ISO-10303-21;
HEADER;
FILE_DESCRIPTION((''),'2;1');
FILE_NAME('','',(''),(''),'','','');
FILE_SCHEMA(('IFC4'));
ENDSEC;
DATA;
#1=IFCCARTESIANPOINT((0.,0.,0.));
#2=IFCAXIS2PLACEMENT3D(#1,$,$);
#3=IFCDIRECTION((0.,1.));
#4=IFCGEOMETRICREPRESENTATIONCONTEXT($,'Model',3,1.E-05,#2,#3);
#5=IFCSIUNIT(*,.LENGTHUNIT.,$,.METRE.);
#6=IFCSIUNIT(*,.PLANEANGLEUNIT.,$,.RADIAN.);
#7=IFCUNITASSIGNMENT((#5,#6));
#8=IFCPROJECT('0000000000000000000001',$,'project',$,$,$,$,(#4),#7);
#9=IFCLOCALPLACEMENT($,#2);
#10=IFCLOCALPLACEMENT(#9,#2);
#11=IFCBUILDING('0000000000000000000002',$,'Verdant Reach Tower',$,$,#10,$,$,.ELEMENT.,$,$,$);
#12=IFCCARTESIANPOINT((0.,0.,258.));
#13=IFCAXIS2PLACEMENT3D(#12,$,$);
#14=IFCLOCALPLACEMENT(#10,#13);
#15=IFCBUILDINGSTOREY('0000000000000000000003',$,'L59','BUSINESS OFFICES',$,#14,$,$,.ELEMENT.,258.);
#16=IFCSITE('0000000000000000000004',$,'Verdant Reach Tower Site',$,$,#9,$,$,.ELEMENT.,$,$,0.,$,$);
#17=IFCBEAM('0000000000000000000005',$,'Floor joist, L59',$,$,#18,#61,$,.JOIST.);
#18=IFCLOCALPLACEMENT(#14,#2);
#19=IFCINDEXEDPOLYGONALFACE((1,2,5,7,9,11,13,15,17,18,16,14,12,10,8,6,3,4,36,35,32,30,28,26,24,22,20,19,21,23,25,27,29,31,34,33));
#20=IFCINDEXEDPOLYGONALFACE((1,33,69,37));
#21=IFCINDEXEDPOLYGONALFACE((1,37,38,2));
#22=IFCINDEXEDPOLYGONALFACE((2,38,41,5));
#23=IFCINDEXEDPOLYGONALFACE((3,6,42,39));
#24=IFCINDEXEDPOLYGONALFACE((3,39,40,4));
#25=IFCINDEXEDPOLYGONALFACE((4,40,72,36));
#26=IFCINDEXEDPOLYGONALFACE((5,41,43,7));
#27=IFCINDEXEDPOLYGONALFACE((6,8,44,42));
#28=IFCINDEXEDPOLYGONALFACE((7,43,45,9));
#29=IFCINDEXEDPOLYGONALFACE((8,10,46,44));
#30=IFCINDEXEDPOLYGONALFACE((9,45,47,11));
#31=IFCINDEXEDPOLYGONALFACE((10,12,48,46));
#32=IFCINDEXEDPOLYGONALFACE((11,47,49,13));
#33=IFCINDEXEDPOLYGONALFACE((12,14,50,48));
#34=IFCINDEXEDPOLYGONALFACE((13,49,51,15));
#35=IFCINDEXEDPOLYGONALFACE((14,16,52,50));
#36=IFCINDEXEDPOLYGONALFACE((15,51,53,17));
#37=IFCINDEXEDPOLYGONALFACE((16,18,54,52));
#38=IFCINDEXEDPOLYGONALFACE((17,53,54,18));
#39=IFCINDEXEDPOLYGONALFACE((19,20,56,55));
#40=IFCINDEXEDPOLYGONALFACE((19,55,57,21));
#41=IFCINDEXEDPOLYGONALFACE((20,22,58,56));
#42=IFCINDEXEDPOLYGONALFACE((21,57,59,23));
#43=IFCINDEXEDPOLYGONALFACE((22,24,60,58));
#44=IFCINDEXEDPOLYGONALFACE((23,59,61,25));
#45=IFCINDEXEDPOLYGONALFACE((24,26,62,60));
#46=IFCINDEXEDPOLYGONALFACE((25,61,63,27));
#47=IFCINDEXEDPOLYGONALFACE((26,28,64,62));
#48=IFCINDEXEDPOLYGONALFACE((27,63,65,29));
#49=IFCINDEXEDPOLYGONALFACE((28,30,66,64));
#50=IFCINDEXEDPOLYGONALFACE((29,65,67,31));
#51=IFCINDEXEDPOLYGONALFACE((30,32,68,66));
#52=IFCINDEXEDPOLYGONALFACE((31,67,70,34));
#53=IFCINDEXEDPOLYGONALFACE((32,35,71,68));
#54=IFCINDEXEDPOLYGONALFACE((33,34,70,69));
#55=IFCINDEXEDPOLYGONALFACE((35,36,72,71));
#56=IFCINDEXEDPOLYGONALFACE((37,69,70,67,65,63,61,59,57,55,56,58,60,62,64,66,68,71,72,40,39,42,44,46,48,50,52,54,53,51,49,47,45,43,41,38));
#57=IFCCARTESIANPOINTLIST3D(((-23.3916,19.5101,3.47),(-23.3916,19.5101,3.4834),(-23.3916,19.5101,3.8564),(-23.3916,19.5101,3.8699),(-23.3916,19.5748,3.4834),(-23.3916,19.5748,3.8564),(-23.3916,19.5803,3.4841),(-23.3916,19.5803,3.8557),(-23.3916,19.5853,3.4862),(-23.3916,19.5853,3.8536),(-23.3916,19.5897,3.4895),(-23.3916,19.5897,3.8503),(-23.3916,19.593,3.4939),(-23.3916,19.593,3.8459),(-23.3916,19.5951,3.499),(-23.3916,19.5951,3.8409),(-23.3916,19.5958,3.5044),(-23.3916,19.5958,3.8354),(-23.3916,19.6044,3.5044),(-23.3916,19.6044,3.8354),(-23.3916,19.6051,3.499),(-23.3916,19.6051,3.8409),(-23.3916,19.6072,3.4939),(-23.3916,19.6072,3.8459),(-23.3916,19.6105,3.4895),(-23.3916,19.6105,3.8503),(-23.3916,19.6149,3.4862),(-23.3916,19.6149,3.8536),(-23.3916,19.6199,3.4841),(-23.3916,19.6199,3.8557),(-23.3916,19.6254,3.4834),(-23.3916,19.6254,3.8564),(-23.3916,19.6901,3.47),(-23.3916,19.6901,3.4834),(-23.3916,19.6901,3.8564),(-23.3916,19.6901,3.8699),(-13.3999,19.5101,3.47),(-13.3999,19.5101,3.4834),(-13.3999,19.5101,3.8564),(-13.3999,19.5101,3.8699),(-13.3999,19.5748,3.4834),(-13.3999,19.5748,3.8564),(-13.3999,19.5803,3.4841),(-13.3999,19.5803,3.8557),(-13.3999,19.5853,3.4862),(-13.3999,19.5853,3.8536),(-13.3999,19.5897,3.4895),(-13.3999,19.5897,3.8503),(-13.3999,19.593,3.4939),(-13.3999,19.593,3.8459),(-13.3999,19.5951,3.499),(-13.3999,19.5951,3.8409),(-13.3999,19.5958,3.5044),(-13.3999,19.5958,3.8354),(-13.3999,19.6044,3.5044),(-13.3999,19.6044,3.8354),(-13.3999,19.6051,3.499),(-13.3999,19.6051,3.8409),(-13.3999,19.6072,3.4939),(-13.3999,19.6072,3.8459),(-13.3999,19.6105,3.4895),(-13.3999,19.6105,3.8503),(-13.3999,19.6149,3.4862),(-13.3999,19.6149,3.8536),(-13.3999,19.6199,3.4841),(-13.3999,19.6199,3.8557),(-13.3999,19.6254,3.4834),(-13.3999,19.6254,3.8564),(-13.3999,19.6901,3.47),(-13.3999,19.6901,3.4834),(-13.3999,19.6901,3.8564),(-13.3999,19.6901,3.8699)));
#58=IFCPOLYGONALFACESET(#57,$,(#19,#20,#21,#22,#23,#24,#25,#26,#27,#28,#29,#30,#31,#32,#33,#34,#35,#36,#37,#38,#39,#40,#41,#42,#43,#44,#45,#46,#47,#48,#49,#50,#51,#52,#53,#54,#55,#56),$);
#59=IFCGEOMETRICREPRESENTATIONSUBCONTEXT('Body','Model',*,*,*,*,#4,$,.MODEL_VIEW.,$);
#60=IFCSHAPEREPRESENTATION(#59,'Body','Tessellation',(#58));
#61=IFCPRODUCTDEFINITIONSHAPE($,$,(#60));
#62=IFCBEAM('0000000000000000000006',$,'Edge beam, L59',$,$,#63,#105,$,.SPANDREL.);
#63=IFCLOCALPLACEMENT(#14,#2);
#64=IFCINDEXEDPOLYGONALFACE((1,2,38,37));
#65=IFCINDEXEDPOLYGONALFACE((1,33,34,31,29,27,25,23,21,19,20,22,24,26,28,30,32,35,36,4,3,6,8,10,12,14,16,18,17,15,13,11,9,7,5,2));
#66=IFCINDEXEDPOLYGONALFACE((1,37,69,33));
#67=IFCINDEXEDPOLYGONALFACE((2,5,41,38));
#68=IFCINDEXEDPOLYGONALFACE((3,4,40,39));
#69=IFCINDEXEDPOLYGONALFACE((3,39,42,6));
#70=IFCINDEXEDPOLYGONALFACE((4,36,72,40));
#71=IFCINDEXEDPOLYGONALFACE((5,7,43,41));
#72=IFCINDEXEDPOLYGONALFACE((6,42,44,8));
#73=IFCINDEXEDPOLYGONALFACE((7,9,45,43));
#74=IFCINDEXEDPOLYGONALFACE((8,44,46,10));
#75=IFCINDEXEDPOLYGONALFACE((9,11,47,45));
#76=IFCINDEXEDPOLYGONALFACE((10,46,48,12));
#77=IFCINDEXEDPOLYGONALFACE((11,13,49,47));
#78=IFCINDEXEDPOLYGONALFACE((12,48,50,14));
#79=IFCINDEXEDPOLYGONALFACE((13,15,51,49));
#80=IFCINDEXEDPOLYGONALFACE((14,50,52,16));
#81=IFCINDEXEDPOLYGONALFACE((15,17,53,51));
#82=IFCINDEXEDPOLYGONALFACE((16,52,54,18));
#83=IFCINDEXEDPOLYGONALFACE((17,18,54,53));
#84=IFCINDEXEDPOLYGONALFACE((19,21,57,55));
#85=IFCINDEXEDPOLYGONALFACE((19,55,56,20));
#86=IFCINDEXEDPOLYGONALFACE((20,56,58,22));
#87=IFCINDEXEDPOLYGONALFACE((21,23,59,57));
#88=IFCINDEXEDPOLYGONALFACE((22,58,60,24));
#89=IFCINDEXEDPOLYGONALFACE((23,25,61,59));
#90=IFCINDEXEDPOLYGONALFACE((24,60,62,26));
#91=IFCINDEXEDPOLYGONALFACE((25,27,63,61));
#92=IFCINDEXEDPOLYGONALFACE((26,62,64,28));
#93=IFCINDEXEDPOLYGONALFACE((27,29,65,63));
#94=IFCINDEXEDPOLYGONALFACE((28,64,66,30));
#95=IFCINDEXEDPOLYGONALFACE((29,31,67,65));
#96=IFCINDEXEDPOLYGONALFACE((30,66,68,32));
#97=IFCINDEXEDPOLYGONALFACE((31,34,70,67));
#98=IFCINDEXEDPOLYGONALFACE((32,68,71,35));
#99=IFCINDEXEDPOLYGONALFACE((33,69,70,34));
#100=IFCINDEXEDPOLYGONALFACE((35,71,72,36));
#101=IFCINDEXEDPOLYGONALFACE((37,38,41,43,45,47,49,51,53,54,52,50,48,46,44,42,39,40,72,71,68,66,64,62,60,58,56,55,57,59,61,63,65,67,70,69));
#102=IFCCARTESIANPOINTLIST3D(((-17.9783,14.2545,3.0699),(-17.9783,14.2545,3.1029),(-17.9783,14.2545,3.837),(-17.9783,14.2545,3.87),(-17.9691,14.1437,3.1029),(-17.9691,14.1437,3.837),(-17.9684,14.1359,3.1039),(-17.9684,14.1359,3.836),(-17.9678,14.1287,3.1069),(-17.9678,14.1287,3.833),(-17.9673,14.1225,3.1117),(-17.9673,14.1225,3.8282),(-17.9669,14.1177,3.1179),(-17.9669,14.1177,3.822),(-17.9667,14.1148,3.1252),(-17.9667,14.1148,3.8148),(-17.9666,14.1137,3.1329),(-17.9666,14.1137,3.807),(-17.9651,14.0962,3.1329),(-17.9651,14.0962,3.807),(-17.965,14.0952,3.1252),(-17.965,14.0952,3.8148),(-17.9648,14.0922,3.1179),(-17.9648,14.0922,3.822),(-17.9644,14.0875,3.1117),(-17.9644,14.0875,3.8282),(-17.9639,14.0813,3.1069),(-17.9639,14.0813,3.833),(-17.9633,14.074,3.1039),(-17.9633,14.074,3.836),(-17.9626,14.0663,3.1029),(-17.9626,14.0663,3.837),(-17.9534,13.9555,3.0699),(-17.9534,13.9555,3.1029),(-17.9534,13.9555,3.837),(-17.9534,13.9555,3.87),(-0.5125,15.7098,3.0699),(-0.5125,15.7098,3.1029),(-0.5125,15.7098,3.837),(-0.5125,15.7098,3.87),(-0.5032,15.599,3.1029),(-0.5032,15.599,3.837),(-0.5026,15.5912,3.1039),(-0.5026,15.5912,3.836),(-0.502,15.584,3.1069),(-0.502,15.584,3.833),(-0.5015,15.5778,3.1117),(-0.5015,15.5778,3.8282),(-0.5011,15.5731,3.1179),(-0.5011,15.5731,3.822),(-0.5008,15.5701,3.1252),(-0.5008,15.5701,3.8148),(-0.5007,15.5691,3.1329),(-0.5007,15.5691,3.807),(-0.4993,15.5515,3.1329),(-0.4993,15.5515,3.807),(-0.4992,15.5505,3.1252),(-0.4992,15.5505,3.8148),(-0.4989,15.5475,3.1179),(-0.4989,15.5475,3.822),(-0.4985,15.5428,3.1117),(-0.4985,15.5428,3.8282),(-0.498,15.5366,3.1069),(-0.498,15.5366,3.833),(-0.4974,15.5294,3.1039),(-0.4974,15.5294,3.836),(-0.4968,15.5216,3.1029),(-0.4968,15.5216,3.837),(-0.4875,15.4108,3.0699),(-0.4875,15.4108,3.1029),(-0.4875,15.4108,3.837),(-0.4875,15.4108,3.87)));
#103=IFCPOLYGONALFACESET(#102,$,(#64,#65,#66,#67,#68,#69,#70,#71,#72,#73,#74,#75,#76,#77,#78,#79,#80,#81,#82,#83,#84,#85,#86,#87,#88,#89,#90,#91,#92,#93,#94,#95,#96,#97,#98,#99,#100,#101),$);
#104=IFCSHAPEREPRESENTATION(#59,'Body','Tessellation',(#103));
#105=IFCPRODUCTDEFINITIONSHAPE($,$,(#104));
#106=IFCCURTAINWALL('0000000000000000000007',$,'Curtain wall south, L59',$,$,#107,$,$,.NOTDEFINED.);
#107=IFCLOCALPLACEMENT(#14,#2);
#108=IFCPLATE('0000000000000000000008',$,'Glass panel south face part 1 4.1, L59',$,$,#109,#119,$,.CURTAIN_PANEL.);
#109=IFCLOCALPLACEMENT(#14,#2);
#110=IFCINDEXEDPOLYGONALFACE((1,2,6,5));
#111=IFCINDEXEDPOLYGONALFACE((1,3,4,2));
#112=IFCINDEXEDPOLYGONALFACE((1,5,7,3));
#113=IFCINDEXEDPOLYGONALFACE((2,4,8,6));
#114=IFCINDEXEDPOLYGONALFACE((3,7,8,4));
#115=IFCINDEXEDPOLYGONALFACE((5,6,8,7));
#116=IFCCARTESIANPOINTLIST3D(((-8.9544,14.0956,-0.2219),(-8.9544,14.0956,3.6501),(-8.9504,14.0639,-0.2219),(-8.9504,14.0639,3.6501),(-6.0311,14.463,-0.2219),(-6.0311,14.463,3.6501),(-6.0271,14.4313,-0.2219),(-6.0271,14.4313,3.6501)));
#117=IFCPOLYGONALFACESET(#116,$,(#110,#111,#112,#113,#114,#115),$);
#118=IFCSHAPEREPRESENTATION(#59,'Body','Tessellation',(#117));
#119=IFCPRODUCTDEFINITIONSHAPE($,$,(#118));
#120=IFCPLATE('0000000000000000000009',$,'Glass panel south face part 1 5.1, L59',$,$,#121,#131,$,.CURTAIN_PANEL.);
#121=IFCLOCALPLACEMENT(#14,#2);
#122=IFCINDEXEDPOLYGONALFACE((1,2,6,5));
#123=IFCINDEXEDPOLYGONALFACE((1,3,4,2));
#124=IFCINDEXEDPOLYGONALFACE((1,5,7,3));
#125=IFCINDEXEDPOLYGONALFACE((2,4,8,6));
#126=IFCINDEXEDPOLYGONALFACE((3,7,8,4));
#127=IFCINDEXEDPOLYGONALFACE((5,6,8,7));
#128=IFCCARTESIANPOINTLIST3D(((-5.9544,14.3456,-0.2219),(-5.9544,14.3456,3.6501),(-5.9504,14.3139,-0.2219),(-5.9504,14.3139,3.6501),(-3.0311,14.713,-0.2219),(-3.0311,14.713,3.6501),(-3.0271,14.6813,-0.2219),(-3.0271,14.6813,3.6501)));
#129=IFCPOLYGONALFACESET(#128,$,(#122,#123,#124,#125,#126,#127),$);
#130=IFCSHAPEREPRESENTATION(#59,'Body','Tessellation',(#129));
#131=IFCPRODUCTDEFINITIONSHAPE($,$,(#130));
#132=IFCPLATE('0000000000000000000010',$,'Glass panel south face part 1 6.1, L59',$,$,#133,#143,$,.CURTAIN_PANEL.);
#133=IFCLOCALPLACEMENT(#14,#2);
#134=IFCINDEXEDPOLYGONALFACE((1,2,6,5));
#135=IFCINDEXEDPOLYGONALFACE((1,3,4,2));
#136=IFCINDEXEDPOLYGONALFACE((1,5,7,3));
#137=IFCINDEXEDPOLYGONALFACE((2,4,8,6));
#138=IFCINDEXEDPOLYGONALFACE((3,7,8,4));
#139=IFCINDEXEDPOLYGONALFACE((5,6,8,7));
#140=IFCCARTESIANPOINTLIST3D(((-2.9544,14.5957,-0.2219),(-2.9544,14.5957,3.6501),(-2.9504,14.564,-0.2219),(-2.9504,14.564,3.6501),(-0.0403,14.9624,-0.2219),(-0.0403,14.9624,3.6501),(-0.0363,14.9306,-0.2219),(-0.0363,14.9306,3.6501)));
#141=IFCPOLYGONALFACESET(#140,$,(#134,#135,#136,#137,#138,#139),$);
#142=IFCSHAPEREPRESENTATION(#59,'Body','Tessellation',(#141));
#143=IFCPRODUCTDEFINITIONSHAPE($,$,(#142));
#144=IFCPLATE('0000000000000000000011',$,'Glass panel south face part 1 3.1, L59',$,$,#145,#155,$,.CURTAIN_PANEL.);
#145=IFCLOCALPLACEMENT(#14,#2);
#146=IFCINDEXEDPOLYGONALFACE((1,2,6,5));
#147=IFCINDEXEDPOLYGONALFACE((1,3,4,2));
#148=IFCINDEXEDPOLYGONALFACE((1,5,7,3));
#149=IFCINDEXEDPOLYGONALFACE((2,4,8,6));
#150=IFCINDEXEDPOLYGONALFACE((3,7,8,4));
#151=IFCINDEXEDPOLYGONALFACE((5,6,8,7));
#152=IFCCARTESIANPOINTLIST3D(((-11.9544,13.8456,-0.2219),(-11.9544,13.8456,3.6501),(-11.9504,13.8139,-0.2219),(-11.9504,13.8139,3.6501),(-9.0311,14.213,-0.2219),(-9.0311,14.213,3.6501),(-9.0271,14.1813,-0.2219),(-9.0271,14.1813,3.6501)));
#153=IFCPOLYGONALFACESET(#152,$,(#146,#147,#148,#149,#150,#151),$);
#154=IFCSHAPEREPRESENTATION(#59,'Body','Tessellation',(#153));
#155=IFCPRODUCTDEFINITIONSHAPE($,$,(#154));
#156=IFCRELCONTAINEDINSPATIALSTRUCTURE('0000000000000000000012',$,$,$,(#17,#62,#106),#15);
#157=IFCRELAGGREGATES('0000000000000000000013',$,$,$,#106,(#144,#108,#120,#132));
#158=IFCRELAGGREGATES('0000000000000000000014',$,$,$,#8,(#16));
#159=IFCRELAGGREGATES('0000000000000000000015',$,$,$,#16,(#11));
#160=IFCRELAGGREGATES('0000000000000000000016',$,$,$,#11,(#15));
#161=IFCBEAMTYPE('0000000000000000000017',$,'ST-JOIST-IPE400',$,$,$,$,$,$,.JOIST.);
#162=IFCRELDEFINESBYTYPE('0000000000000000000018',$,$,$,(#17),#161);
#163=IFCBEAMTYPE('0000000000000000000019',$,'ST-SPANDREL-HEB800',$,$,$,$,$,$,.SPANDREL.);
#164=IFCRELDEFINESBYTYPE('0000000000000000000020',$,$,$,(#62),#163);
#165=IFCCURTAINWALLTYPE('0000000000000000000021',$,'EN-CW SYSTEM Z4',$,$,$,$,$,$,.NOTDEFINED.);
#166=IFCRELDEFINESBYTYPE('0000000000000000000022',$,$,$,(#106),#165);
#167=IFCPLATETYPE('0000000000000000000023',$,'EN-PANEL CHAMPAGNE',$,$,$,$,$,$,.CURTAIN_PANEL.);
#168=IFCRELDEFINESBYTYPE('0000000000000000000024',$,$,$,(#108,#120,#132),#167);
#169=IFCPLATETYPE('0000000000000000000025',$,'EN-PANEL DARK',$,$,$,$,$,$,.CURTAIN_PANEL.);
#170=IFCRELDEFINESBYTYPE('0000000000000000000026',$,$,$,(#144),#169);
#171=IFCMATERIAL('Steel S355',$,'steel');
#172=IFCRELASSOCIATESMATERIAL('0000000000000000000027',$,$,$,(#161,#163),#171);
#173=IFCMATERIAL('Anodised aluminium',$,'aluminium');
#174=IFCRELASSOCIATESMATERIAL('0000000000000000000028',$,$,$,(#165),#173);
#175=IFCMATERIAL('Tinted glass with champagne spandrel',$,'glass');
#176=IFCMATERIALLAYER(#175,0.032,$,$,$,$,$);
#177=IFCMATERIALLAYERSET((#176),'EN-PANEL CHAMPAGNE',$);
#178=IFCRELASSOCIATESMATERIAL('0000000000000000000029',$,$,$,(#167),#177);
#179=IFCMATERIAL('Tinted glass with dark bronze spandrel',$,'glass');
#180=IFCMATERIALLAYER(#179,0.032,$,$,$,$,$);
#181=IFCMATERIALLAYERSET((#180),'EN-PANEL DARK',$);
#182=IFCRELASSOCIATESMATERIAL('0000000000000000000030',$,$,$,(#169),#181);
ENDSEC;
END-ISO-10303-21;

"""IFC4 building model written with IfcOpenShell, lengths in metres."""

from ifc_helpers import new_model, si_unit, direction, frame, origin, origin_2d, place, context, subcontext, project, spatial, rectangle, i_section, extrude, material, layer, layer_set, material_profile, profile_set, type_object, element, aggregate, save


model = new_model("IFC4")

# Units and contexts
model_context = context("Model", 3, precision=1e-05, world=origin(), true_north=direction((0.0, 1.0)))
body_context = subcontext(model_context, "Body", "Model", "MODEL_VIEW")
ifc_project = project(units=[si_unit("LENGTHUNIT", "METRE"), si_unit("PLANEANGLEUNIT", "RADIAN")], contexts=[model_context])

# Site, building, storey
site_placement = place(None, origin())
site = spatial("IfcSite", under=ifc_project, at=site_placement, Name="Verdant Reach Tower Site", CompositionType="ELEMENT", RefElevation=0.0)
building_placement = place(site_placement, origin())
building = spatial("IfcBuilding", under=site, at=building_placement, Name="Verdant Reach Tower", CompositionType="ELEMENT")
storey_placement = place(building_placement, frame((0.0, 0.0, 258.0)))
storey = spatial("IfcBuildingStorey", under=building, at=storey_placement, Name="L59", Description="BUSINESS OFFICES", CompositionType="ELEMENT", Elevation=258.0)

# Beams
ifc_material_1 = material(Name="Steel S355", Category="steel")
ifc_material_profile_1 = material_profile(ifc_material_1, i_section(OverallWidth=0.1799, OverallDepth=0.3999, WebThickness=0.0085, FlangeThickness=0.0134, FilletRadius=0.021, at=origin_2d()), Name="IPE 400")
ifc_profile_set_1 = profile_set([ifc_material_profile_1], Name="Steel S355")
beam_type_1 = type_object("IfcBeamType", Name="ST-JOIST-IPE400", PredefinedType="JOIST", material=ifc_profile_set_1)
beam_1_placement = place(storey_placement, frame((-13.3999, 19.6001, 3.6699), z_axis=(-1.0, 0.0, 0.0), x_axis=(0.0, -1.0, 0.0)))
element("IfcBeam", 1, at=beam_1_placement, inside=storey, type_object=beam_type_1, Name="Floor joist, L59", PredefinedType="JOIST", context=body_context, shape_type="SweptSolid", body=[
    extrude(i_section(OverallWidth=0.1799, OverallDepth=0.3999, WebThickness=0.0085, FlangeThickness=0.0134, FilletRadius=0.021, at=origin_2d()), origin(), (0.0, 0.0, 1.0), 9.9917),
])
ifc_material_profile_2 = material_profile(ifc_material_1, i_section(OverallWidth=0.3, OverallDepth=0.8, WebThickness=0.0176, FlangeThickness=0.033, FilletRadius=0.03, at=origin_2d()), Name="HEB 800")
ifc_profile_set_2 = profile_set([ifc_material_profile_2], Name="Steel S355")
beam_type_2 = type_object("IfcBeamType", Name="ST-SPANDREL-HEB800", PredefinedType="SPANDREL", material=ifc_profile_set_2)
beam_2_placement = place(storey_placement, frame((-0.5, 15.5603, 3.47), z_axis=(-0.996547, -0.083036, 0.0), x_axis=(0.083036, -0.996547, 0.0)))
element("IfcBeam", 2, at=beam_2_placement, inside=storey, type_object=beam_type_2, Name="Edge beam, L59", PredefinedType="SPANDREL", context=body_context, shape_type="SweptSolid", body=[
    extrude(i_section(OverallWidth=0.3, OverallDepth=0.8, WebThickness=0.0176, FlangeThickness=0.033, FilletRadius=0.03, at=origin_2d()), origin(), (0.0, 0.0, 1.0), 17.5264),
])

# Curtain wall, plates
ifc_material_2 = material(Name="Anodised aluminium", Category="aluminium")
curtain_wall_type = type_object("IfcCurtainWallType", Name="EN-CW SYSTEM Z4", PredefinedType="NOTDEFINED", material=ifc_material_2)
curtain_wall_placement = place(storey_placement, origin())
curtain_wall = element("IfcCurtainWall", 3, at=curtain_wall_placement, inside=storey, type_object=curtain_wall_type, Name="Curtain wall south, L59", PredefinedType="NOTDEFINED")
ifc_material_3 = material(Name="Tinted glass with champagne spandrel", Category="glass")
ifc_layer_1 = layer(ifc_material_3, 0.032)
ifc_layer_set_1 = layer_set([ifc_layer_1], Name="EN-PANEL CHAMPAGNE")
plate_type_1 = type_object("IfcPlateType", Name="EN-PANEL CHAMPAGNE", PredefinedType="CURTAIN_PANEL", material=ifc_layer_set_1)
plate_1_placement = place(storey_placement, frame((-7.4907, 14.2634, -0.2219), z_axis=(0.0, 0.0, 1.0), x_axis=(0.992194, 0.124704, 0.0)))
plate_1 = element("IfcPlate", 4, at=plate_1_placement, type_object=plate_type_1, Name="Glass panel south face part 1 4.1, L59", PredefinedType="CURTAIN_PANEL", context=body_context, shape_type="SweptSolid", body=[
    extrude(rectangle(XDim=2.9463, YDim=0.032, at=origin_2d()), origin(), (0.0, 0.0, 1.0), 3.8721),
])
plate_2_placement = place(storey_placement, frame((-4.4907, 14.5134, -0.2219), z_axis=(0.0, 0.0, 1.0), x_axis=(0.992194, 0.124704, 0.0)))
plate_2 = element("IfcPlate", 5, at=plate_2_placement, type_object=plate_type_1, Name="Glass panel south face part 1 5.1, L59", PredefinedType="CURTAIN_PANEL", context=body_context, shape_type="SweptSolid", body=[
    extrude(rectangle(XDim=2.9463, YDim=0.032, at=origin_2d()), origin(), (0.0, 0.0, 1.0), 3.8721),
])
plate_3_placement = place(storey_placement, frame((-1.4954, 14.7632, -0.2219), z_axis=(0.0, 0.0, 1.0), x_axis=(0.992178, 0.124832, 0.0)))
plate_3 = element("IfcPlate", 6, at=plate_3_placement, type_object=plate_type_1, Name="Glass panel south face part 1 6.1, L59", PredefinedType="CURTAIN_PANEL", context=body_context, shape_type="SweptSolid", body=[
    extrude(rectangle(XDim=2.937, YDim=0.032, at=origin_2d()), origin(), (0.0, 0.0, 1.0), 3.8721),
])
ifc_material_4 = material(Name="Tinted glass with dark bronze spandrel", Category="glass")
ifc_layer_2 = layer(ifc_material_4, 0.032)
ifc_layer_set_2 = layer_set([ifc_layer_2], Name="EN-PANEL DARK")
plate_type_2 = type_object("IfcPlateType", Name="EN-PANEL DARK", PredefinedType="CURTAIN_PANEL", material=ifc_layer_set_2)
plate_4_placement = place(storey_placement, frame((-10.4907, 14.0134, -0.2219), z_axis=(0.0, 0.0, 1.0), x_axis=(0.992194, 0.124704, 0.0)))
plate_4 = element("IfcPlate", 7, at=plate_4_placement, type_object=plate_type_2, Name="Glass panel south face part 1 3.1, L59", PredefinedType="CURTAIN_PANEL", context=body_context, shape_type="SweptSolid", body=[
    extrude(rectangle(XDim=2.9463, YDim=0.032, at=origin_2d()), origin(), (0.0, 0.0, 1.0), 3.8721),
])
aggregate(curtain_wall, [plate_4, plate_1, plate_2, plate_3])

save(model, "model.ifc")
